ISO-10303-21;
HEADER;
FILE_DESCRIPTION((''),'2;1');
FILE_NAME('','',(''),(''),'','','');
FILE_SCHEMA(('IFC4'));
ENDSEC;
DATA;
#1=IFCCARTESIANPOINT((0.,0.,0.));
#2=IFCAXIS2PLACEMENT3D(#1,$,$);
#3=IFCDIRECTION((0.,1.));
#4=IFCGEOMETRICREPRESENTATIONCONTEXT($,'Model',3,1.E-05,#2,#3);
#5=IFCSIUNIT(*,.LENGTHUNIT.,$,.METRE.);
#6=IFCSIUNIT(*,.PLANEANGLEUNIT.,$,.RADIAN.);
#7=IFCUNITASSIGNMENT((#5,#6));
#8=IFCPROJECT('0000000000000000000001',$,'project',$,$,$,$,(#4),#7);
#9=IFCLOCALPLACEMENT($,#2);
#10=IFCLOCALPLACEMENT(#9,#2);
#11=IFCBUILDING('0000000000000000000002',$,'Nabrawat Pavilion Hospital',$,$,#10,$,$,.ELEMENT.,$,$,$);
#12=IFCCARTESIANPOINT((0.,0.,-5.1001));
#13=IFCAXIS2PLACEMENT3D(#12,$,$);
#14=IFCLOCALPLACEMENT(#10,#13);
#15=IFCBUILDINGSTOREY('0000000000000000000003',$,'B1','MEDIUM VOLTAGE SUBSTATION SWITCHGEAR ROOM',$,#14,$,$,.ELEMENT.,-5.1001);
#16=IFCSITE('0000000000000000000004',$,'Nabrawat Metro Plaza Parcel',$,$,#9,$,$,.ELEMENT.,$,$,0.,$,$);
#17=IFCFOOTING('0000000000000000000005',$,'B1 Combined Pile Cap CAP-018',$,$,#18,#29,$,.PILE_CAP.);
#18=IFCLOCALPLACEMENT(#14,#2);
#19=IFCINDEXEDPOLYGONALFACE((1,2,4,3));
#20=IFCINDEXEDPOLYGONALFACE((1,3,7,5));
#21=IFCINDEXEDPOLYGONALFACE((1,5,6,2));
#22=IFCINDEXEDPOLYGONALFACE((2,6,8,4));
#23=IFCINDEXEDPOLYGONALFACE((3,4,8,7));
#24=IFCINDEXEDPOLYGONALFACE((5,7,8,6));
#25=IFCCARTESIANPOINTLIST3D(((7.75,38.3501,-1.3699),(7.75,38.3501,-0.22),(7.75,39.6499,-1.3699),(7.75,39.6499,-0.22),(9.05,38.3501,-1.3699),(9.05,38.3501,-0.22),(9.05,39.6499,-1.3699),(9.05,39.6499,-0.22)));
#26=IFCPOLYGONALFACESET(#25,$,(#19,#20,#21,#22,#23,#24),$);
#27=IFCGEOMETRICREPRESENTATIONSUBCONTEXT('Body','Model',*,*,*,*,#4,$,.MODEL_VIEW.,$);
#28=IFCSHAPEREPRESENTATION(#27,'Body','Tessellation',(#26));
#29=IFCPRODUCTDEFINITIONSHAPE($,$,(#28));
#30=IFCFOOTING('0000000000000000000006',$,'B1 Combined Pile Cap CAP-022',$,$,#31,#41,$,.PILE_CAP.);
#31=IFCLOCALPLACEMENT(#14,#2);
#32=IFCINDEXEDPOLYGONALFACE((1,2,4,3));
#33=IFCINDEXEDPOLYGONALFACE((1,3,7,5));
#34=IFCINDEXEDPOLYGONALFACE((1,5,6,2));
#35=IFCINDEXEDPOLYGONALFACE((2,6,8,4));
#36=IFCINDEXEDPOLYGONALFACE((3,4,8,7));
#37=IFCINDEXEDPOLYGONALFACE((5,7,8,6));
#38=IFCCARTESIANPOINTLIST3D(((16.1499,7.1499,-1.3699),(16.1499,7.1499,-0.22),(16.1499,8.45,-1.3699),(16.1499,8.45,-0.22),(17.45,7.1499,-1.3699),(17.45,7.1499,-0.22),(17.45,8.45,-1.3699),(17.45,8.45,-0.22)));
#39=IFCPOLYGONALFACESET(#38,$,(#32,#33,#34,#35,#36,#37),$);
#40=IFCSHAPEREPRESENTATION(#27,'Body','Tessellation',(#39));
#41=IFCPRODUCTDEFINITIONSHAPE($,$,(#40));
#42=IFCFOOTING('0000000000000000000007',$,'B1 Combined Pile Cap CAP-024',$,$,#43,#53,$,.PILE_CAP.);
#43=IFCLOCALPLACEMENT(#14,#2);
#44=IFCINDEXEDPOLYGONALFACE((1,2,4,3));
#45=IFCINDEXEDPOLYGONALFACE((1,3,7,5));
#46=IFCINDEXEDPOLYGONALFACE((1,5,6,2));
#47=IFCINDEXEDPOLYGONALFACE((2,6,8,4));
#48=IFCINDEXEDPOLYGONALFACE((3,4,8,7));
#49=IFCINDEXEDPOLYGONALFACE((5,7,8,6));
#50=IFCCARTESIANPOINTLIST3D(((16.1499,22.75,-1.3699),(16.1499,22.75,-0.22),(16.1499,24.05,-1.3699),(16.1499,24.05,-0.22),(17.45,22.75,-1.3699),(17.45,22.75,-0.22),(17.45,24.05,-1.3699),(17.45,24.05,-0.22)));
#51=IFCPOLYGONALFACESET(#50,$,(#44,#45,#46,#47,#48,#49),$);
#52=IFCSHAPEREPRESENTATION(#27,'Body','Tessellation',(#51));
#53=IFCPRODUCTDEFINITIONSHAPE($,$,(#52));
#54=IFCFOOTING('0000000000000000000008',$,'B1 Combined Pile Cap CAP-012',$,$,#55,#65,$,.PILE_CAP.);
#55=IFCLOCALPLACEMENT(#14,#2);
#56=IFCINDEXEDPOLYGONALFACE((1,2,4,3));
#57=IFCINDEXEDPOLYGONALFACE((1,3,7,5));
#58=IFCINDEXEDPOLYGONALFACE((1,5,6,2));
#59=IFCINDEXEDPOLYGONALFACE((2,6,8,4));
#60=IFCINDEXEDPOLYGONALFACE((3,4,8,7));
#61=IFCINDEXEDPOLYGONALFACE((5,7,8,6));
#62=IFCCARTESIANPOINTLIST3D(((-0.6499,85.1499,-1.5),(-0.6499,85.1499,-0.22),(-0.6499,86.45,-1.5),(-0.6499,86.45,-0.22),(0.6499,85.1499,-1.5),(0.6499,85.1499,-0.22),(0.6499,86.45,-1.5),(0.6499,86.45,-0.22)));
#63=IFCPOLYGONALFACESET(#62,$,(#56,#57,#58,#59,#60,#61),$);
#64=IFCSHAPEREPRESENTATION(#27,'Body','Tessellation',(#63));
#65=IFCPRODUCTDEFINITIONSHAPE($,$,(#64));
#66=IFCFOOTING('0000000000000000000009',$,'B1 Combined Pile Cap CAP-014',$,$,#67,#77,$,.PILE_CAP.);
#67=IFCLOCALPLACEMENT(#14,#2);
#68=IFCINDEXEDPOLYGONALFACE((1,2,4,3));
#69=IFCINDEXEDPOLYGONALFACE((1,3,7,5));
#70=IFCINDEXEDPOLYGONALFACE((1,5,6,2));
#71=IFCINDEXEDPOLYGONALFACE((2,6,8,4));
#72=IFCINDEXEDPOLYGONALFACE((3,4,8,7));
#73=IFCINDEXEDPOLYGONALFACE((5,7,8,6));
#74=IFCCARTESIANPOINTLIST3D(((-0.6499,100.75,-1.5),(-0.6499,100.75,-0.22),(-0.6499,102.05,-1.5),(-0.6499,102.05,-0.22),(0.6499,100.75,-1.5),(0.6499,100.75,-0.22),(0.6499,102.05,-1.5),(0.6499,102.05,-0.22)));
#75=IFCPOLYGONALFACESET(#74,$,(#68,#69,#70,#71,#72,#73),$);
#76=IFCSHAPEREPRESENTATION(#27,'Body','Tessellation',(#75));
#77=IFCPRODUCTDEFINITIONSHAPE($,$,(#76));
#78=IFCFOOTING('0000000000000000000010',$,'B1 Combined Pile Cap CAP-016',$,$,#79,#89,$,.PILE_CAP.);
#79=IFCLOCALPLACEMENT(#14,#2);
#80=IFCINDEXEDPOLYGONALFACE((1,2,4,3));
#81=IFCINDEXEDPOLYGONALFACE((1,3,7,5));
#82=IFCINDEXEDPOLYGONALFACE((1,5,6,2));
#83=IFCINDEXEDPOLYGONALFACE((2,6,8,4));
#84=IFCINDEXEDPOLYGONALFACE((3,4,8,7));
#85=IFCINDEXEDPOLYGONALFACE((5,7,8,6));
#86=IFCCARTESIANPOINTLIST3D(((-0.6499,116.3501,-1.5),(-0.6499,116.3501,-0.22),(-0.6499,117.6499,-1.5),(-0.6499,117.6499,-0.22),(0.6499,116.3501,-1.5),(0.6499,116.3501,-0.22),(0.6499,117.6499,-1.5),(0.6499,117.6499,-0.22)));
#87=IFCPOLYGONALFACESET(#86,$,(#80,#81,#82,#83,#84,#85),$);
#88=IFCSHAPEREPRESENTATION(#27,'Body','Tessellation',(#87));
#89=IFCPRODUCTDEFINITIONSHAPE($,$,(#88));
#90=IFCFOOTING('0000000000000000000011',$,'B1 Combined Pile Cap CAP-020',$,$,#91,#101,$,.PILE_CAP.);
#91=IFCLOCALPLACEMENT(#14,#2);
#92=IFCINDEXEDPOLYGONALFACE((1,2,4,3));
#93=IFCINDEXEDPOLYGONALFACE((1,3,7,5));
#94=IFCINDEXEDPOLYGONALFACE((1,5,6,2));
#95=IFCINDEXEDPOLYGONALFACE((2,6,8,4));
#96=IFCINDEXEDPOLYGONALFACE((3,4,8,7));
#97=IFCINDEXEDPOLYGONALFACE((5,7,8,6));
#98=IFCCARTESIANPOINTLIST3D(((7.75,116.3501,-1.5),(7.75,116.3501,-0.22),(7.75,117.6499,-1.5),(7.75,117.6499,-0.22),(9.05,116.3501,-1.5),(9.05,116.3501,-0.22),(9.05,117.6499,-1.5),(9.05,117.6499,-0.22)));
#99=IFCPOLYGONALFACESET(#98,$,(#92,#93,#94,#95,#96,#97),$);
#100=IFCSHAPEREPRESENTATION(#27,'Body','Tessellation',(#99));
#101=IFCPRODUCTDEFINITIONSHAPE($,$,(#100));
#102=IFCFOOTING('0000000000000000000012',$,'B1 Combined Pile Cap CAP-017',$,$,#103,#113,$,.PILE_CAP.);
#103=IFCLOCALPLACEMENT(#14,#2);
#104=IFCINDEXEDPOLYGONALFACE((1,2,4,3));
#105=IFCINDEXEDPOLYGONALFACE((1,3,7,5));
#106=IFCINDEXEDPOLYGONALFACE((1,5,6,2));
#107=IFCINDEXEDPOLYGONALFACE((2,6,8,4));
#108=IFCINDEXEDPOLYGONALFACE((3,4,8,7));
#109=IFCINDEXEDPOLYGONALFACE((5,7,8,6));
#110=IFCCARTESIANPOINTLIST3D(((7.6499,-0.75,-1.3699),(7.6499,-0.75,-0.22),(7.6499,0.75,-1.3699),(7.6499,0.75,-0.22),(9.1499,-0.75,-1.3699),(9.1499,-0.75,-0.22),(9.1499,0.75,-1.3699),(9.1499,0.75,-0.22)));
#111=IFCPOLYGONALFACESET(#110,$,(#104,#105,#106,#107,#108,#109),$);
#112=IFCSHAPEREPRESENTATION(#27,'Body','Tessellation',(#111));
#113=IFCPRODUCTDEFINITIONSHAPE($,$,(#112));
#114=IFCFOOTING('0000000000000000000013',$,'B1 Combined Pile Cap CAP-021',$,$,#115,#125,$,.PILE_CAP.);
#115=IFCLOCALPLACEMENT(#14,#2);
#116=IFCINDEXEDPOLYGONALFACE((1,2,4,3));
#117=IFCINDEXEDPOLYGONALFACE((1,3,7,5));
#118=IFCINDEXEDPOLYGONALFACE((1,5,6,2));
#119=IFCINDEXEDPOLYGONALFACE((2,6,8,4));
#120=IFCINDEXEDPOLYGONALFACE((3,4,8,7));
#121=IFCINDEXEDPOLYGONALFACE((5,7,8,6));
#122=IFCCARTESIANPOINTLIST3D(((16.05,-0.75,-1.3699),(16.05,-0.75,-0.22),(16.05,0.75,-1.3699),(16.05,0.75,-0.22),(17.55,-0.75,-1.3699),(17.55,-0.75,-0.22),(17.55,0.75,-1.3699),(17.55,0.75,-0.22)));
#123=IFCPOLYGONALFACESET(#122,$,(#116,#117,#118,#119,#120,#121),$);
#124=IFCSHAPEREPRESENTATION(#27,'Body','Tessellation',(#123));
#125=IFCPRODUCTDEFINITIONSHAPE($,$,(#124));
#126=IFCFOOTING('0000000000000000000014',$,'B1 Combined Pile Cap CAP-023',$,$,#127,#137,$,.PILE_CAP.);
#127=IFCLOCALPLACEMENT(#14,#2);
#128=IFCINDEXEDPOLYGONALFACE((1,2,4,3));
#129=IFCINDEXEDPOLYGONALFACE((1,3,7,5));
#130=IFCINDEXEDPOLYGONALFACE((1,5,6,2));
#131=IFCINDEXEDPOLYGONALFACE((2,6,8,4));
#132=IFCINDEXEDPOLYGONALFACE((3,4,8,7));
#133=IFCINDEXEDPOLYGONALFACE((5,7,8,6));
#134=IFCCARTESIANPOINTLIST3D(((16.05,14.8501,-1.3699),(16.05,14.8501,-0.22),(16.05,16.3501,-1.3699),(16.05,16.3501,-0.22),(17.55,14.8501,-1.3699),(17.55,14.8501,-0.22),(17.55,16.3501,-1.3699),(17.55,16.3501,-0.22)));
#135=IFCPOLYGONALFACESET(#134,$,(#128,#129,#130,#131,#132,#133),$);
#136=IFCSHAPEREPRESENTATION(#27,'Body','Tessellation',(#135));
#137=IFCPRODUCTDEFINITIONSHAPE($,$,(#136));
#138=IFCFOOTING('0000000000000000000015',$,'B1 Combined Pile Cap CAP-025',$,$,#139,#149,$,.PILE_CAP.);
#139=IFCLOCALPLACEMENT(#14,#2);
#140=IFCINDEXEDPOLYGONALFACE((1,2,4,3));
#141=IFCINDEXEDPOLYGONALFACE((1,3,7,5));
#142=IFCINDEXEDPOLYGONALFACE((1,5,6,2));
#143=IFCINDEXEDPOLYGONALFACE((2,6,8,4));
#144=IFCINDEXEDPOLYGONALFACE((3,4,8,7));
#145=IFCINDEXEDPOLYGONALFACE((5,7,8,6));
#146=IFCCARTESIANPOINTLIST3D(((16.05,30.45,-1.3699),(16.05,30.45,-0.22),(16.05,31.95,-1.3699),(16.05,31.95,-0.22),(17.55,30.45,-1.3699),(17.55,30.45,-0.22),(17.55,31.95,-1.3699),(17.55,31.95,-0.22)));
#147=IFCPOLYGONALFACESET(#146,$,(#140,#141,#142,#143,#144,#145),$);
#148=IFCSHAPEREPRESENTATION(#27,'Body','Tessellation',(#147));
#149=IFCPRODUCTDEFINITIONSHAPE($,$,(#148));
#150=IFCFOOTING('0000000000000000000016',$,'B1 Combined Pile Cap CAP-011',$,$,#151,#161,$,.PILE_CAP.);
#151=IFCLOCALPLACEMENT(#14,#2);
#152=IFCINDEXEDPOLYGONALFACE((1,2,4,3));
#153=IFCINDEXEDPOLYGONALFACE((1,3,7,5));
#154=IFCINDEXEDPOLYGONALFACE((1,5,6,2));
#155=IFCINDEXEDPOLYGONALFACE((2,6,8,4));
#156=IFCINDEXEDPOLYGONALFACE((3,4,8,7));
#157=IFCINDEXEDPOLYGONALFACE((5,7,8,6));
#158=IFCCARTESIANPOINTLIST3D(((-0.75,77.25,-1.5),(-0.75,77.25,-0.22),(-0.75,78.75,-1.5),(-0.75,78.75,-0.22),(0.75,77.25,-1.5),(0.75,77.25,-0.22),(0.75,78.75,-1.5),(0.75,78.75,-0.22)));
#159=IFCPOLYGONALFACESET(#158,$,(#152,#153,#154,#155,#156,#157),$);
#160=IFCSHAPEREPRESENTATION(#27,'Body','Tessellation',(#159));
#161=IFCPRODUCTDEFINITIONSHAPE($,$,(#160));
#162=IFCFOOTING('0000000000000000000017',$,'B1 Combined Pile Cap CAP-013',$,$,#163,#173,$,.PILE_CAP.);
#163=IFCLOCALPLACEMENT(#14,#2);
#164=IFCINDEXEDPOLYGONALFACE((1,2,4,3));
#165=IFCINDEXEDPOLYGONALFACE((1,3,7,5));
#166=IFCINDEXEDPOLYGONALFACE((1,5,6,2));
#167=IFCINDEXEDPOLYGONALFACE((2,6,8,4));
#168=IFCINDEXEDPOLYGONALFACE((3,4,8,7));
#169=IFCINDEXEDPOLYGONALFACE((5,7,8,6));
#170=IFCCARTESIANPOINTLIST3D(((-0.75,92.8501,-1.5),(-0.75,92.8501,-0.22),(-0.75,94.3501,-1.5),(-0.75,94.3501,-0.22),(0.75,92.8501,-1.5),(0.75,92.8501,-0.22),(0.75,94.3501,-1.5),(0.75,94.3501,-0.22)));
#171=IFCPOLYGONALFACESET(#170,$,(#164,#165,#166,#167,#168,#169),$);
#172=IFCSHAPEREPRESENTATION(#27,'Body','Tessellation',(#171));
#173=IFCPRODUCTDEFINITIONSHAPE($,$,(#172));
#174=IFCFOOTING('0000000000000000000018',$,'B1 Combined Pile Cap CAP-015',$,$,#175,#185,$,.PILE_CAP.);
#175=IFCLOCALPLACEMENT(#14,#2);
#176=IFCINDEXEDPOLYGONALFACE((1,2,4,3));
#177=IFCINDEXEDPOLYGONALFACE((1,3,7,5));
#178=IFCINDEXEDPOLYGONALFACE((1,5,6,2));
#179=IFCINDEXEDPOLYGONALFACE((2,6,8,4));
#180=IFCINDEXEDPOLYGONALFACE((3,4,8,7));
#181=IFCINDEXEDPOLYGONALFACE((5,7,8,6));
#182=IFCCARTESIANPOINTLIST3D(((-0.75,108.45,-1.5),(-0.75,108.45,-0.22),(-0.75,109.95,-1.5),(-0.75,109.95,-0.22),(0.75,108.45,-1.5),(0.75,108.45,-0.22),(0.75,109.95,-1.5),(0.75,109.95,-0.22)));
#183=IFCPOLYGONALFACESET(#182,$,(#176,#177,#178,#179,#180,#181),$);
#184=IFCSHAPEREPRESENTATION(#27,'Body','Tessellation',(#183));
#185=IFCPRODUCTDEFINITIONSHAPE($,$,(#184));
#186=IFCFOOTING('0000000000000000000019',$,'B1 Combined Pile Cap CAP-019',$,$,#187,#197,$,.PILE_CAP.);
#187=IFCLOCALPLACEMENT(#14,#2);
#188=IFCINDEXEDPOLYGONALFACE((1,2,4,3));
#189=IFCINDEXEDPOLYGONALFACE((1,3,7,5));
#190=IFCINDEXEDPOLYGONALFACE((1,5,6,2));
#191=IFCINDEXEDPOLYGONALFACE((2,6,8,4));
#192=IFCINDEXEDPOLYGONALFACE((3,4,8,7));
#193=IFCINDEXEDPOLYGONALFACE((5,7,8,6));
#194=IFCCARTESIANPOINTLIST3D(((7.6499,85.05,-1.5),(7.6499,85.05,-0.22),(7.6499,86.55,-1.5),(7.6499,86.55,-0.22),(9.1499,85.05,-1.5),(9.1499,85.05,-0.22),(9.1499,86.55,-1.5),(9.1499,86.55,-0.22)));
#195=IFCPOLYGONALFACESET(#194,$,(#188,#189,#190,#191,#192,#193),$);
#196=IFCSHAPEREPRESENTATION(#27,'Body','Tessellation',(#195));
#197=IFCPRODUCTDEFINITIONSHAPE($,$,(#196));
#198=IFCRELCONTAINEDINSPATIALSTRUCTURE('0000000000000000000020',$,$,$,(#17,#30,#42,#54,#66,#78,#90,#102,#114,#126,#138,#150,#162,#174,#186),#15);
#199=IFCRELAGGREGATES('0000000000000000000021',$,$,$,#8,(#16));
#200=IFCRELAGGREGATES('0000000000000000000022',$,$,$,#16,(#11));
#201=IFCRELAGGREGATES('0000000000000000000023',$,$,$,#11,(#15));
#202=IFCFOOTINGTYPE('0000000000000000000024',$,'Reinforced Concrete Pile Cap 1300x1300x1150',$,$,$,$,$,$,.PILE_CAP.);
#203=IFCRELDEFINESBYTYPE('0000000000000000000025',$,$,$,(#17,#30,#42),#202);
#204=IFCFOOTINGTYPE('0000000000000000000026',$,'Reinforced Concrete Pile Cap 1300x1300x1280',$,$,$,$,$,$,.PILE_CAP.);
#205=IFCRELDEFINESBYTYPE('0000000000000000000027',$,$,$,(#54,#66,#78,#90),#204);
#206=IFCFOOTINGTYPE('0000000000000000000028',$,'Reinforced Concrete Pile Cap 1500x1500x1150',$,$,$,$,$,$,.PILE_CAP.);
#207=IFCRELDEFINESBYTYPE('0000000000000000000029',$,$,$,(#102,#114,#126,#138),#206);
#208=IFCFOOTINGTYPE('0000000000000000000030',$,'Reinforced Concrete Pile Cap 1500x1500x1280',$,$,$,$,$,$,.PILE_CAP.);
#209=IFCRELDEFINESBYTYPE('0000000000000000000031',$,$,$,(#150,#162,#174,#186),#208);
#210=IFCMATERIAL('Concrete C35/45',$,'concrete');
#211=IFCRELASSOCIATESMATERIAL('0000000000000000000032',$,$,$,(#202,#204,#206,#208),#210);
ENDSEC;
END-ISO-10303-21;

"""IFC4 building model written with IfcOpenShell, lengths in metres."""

from ifc_helpers import new_model, si_unit, direction, frame, origin, place, context, subcontext, project, spatial, polyline, outline, extrude, material, type_object, element, save


model = new_model("IFC4")

# Units and contexts
model_context = context("Model", 3, precision=1e-05, world=origin(), true_north=direction((0.0, 1.0)))
body_context = subcontext(model_context, "Body", "Model", "MODEL_VIEW")
ifc_project = project(units=[si_unit("LENGTHUNIT", "METRE"), si_unit("PLANEANGLEUNIT", "RADIAN")], contexts=[model_context])

# Site, building, storey
site_placement = place(None, origin())
site = spatial("IfcSite", under=ifc_project, at=site_placement, Name="Nabrawat Metro Plaza Parcel", CompositionType="ELEMENT", RefElevation=0.0)
building_placement = place(site_placement, origin())
building = spatial("IfcBuilding", under=site, at=building_placement, Name="Nabrawat Pavilion Hospital", CompositionType="ELEMENT")
storey_placement = place(building_placement, frame((0.0, 0.0, -5.1001)))
storey = spatial("IfcBuildingStorey", under=building, at=storey_placement, Name="B1", Description="MEDIUM VOLTAGE SUBSTATION SWITCHGEAR ROOM", CompositionType="ELEMENT", Elevation=-5.1001)

# Footings
ifc_material = material(Name="Concrete C35/45", Category="concrete")
footing_type_1 = type_object("IfcFootingType", Name="Reinforced Concrete Pile Cap 1300x1300x1150", PredefinedType="PILE_CAP", material=ifc_material)
footing_1_placement = place(storey_placement, frame((0.0, 0.0, -1.3699)))
element("IfcFooting", 1, at=footing_1_placement, inside=storey, type_object=footing_type_1, Name="B1 Combined Pile Cap CAP-018", PredefinedType="PILE_CAP", context=body_context, shape_type="SweptSolid", body=[
    extrude(outline(polyline([(9.05, 38.3501), (9.05, 39.6499), (7.75, 39.6499), (7.75, 38.3501), (9.05, 38.3501)])), origin(), (0.0, 0.0, 1.0), 1.1499),
])
footing_2_placement = place(storey_placement, frame((0.0, 0.0, -1.3699)))
element("IfcFooting", 2, at=footing_2_placement, inside=storey, type_object=footing_type_1, Name="B1 Combined Pile Cap CAP-022", PredefinedType="PILE_CAP", context=body_context, shape_type="SweptSolid", body=[
    extrude(outline(polyline([(17.45, 7.1499), (17.45, 8.45), (16.1499, 8.45), (16.1499, 7.1499), (17.45, 7.1499)])), origin(), (0.0, 0.0, 1.0), 1.1499),
])
footing_3_placement = place(storey_placement, frame((0.0, 0.0, -1.3699)))
element("IfcFooting", 3, at=footing_3_placement, inside=storey, type_object=footing_type_1, Name="B1 Combined Pile Cap CAP-024", PredefinedType="PILE_CAP", context=body_context, shape_type="SweptSolid", body=[
    extrude(outline(polyline([(17.45, 22.75), (17.45, 24.05), (16.1499, 24.05), (16.1499, 22.75), (17.45, 22.75)])), origin(), (0.0, 0.0, 1.0), 1.1499),
])
footing_type_2 = type_object("IfcFootingType", Name="Reinforced Concrete Pile Cap 1300x1300x1280", PredefinedType="PILE_CAP", material=ifc_material)
footing_4_placement = place(storey_placement, frame((0.0, 0.0, -1.5)))
element("IfcFooting", 4, at=footing_4_placement, inside=storey, type_object=footing_type_2, Name="B1 Combined Pile Cap CAP-012", PredefinedType="PILE_CAP", context=body_context, shape_type="SweptSolid", body=[
    extrude(outline(polyline([(0.6499, 85.1499), (0.6499, 86.45), (-0.6499, 86.45), (-0.6499, 85.1499), (0.6499, 85.1499)])), origin(), (0.0, 0.0, 1.0), 1.28),
])
footing_5_placement = place(storey_placement, frame((0.0, 0.0, -1.5)))
element("IfcFooting", 5, at=footing_5_placement, inside=storey, type_object=footing_type_2, Name="B1 Combined Pile Cap CAP-014", PredefinedType="PILE_CAP", context=body_context, shape_type="SweptSolid", body=[
    extrude(outline(polyline([(0.6499, 100.75), (0.6499, 102.05), (-0.6499, 102.05), (-0.6499, 100.75), (0.6499, 100.75)])), origin(), (0.0, 0.0, 1.0), 1.28),
])
footing_6_placement = place(storey_placement, frame((0.0, 0.0, -1.5)))
element("IfcFooting", 6, at=footing_6_placement, inside=storey, type_object=footing_type_2, Name="B1 Combined Pile Cap CAP-016", PredefinedType="PILE_CAP", context=body_context, shape_type="SweptSolid", body=[
    extrude(outline(polyline([(0.6499, 116.3501), (0.6499, 117.6499), (-0.6499, 117.6499), (-0.6499, 116.3501), (0.6499, 116.3501)])), origin(), (0.0, 0.0, 1.0), 1.28),
])
footing_7_placement = place(storey_placement, frame((0.0, 0.0, -1.5)))
element("IfcFooting", 7, at=footing_7_placement, inside=storey, type_object=footing_type_2, Name="B1 Combined Pile Cap CAP-020", PredefinedType="PILE_CAP", context=body_context, shape_type="SweptSolid", body=[
    extrude(outline(polyline([(9.05, 116.3501), (9.05, 117.6499), (7.75, 117.6499), (7.75, 116.3501), (9.05, 116.3501)])), origin(), (0.0, 0.0, 1.0), 1.28),
])
footing_type_3 = type_object("IfcFootingType", Name="Reinforced Concrete Pile Cap 1500x1500x1150", PredefinedType="PILE_CAP", material=ifc_material)
footing_8_placement = place(storey_placement, frame((0.0, 0.0, -1.3699)))
element("IfcFooting", 8, at=footing_8_placement, inside=storey, type_object=footing_type_3, Name="B1 Combined Pile Cap CAP-017", PredefinedType="PILE_CAP", context=body_context, shape_type="SweptSolid", body=[
    extrude(outline(polyline([(9.1499, -0.75), (9.1499, 0.75), (7.6499, 0.75), (7.6499, -0.75), (9.1499, -0.75)])), origin(), (0.0, 0.0, 1.0), 1.1499),
])
footing_9_placement = place(storey_placement, frame((0.0, 0.0, -1.3699)))
element("IfcFooting", 9, at=footing_9_placement, inside=storey, type_object=footing_type_3, Name="B1 Combined Pile Cap CAP-021", PredefinedType="PILE_CAP", context=body_context, shape_type="SweptSolid", body=[
    extrude(outline(polyline([(17.55, -0.75), (17.55, 0.75), (16.05, 0.75), (16.05, -0.75), (17.55, -0.75)])), origin(), (0.0, 0.0, 1.0), 1.1499),
])
footing_10_placement = place(storey_placement, frame((0.0, 0.0, -1.3699)))
element("IfcFooting", 10, at=footing_10_placement, inside=storey, type_object=footing_type_3, Name="B1 Combined Pile Cap CAP-023", PredefinedType="PILE_CAP", context=body_context, shape_type="SweptSolid", body=[
    extrude(outline(polyline([(17.55, 14.8501), (17.55, 16.3501), (16.05, 16.3501), (16.05, 14.8501), (17.55, 14.8501)])), origin(), (0.0, 0.0, 1.0), 1.1499),
])
footing_11_placement = place(storey_placement, frame((0.0, 0.0, -1.3699)))
element("IfcFooting", 11, at=footing_11_placement, inside=storey, type_object=footing_type_3, Name="B1 Combined Pile Cap CAP-025", PredefinedType="PILE_CAP", context=body_context, shape_type="SweptSolid", body=[
    extrude(outline(polyline([(17.55, 30.45), (17.55, 31.95), (16.05, 31.95), (16.05, 30.45), (17.55, 30.45)])), origin(), (0.0, 0.0, 1.0), 1.1499),
])
footing_type_4 = type_object("IfcFootingType", Name="Reinforced Concrete Pile Cap 1500x1500x1280", PredefinedType="PILE_CAP", material=ifc_material)
footing_12_placement = place(storey_placement, frame((0.0, 0.0, -1.5)))
element("IfcFooting", 12, at=footing_12_placement, inside=storey, type_object=footing_type_4, Name="B1 Combined Pile Cap CAP-011", PredefinedType="PILE_CAP", context=body_context, shape_type="SweptSolid", body=[
    extrude(outline(polyline([(0.75, 77.25), (0.75, 78.75), (-0.75, 78.75), (-0.75, 77.25), (0.75, 77.25)])), origin(), (0.0, 0.0, 1.0), 1.28),
])
footing_13_placement = place(storey_placement, frame((0.0, 0.0, -1.5)))
element("IfcFooting", 13, at=footing_13_placement, inside=storey, type_object=footing_type_4, Name="B1 Combined Pile Cap CAP-013", PredefinedType="PILE_CAP", context=body_context, shape_type="SweptSolid", body=[
    extrude(outline(polyline([(0.75, 92.8501), (0.75, 94.3501), (-0.75, 94.3501), (-0.75, 92.8501), (0.75, 92.8501)])), origin(), (0.0, 0.0, 1.0), 1.28),
])
footing_14_placement = place(storey_placement, frame((0.0, 0.0, -1.5)))
element("IfcFooting", 14, at=footing_14_placement, inside=storey, type_object=footing_type_4, Name="B1 Combined Pile Cap CAP-015", PredefinedType="PILE_CAP", context=body_context, shape_type="SweptSolid", body=[
    extrude(outline(polyline([(0.75, 108.45), (0.75, 109.95), (-0.75, 109.95), (-0.75, 108.45), (0.75, 108.45)])), origin(), (0.0, 0.0, 1.0), 1.28),
])
footing_15_placement = place(storey_placement, frame((0.0, 0.0, -1.5)))
element("IfcFooting", 15, at=footing_15_placement, inside=storey, type_object=footing_type_4, Name="B1 Combined Pile Cap CAP-019", PredefinedType="PILE_CAP", context=body_context, shape_type="SweptSolid", body=[
    extrude(outline(polyline([(9.1499, 85.05), (9.1499, 86.55), (7.6499, 86.55), (7.6499, 85.05), (9.1499, 85.05)])), origin(), (0.0, 0.0, 1.0), 1.28),
])

save(model, "model.ifc")
